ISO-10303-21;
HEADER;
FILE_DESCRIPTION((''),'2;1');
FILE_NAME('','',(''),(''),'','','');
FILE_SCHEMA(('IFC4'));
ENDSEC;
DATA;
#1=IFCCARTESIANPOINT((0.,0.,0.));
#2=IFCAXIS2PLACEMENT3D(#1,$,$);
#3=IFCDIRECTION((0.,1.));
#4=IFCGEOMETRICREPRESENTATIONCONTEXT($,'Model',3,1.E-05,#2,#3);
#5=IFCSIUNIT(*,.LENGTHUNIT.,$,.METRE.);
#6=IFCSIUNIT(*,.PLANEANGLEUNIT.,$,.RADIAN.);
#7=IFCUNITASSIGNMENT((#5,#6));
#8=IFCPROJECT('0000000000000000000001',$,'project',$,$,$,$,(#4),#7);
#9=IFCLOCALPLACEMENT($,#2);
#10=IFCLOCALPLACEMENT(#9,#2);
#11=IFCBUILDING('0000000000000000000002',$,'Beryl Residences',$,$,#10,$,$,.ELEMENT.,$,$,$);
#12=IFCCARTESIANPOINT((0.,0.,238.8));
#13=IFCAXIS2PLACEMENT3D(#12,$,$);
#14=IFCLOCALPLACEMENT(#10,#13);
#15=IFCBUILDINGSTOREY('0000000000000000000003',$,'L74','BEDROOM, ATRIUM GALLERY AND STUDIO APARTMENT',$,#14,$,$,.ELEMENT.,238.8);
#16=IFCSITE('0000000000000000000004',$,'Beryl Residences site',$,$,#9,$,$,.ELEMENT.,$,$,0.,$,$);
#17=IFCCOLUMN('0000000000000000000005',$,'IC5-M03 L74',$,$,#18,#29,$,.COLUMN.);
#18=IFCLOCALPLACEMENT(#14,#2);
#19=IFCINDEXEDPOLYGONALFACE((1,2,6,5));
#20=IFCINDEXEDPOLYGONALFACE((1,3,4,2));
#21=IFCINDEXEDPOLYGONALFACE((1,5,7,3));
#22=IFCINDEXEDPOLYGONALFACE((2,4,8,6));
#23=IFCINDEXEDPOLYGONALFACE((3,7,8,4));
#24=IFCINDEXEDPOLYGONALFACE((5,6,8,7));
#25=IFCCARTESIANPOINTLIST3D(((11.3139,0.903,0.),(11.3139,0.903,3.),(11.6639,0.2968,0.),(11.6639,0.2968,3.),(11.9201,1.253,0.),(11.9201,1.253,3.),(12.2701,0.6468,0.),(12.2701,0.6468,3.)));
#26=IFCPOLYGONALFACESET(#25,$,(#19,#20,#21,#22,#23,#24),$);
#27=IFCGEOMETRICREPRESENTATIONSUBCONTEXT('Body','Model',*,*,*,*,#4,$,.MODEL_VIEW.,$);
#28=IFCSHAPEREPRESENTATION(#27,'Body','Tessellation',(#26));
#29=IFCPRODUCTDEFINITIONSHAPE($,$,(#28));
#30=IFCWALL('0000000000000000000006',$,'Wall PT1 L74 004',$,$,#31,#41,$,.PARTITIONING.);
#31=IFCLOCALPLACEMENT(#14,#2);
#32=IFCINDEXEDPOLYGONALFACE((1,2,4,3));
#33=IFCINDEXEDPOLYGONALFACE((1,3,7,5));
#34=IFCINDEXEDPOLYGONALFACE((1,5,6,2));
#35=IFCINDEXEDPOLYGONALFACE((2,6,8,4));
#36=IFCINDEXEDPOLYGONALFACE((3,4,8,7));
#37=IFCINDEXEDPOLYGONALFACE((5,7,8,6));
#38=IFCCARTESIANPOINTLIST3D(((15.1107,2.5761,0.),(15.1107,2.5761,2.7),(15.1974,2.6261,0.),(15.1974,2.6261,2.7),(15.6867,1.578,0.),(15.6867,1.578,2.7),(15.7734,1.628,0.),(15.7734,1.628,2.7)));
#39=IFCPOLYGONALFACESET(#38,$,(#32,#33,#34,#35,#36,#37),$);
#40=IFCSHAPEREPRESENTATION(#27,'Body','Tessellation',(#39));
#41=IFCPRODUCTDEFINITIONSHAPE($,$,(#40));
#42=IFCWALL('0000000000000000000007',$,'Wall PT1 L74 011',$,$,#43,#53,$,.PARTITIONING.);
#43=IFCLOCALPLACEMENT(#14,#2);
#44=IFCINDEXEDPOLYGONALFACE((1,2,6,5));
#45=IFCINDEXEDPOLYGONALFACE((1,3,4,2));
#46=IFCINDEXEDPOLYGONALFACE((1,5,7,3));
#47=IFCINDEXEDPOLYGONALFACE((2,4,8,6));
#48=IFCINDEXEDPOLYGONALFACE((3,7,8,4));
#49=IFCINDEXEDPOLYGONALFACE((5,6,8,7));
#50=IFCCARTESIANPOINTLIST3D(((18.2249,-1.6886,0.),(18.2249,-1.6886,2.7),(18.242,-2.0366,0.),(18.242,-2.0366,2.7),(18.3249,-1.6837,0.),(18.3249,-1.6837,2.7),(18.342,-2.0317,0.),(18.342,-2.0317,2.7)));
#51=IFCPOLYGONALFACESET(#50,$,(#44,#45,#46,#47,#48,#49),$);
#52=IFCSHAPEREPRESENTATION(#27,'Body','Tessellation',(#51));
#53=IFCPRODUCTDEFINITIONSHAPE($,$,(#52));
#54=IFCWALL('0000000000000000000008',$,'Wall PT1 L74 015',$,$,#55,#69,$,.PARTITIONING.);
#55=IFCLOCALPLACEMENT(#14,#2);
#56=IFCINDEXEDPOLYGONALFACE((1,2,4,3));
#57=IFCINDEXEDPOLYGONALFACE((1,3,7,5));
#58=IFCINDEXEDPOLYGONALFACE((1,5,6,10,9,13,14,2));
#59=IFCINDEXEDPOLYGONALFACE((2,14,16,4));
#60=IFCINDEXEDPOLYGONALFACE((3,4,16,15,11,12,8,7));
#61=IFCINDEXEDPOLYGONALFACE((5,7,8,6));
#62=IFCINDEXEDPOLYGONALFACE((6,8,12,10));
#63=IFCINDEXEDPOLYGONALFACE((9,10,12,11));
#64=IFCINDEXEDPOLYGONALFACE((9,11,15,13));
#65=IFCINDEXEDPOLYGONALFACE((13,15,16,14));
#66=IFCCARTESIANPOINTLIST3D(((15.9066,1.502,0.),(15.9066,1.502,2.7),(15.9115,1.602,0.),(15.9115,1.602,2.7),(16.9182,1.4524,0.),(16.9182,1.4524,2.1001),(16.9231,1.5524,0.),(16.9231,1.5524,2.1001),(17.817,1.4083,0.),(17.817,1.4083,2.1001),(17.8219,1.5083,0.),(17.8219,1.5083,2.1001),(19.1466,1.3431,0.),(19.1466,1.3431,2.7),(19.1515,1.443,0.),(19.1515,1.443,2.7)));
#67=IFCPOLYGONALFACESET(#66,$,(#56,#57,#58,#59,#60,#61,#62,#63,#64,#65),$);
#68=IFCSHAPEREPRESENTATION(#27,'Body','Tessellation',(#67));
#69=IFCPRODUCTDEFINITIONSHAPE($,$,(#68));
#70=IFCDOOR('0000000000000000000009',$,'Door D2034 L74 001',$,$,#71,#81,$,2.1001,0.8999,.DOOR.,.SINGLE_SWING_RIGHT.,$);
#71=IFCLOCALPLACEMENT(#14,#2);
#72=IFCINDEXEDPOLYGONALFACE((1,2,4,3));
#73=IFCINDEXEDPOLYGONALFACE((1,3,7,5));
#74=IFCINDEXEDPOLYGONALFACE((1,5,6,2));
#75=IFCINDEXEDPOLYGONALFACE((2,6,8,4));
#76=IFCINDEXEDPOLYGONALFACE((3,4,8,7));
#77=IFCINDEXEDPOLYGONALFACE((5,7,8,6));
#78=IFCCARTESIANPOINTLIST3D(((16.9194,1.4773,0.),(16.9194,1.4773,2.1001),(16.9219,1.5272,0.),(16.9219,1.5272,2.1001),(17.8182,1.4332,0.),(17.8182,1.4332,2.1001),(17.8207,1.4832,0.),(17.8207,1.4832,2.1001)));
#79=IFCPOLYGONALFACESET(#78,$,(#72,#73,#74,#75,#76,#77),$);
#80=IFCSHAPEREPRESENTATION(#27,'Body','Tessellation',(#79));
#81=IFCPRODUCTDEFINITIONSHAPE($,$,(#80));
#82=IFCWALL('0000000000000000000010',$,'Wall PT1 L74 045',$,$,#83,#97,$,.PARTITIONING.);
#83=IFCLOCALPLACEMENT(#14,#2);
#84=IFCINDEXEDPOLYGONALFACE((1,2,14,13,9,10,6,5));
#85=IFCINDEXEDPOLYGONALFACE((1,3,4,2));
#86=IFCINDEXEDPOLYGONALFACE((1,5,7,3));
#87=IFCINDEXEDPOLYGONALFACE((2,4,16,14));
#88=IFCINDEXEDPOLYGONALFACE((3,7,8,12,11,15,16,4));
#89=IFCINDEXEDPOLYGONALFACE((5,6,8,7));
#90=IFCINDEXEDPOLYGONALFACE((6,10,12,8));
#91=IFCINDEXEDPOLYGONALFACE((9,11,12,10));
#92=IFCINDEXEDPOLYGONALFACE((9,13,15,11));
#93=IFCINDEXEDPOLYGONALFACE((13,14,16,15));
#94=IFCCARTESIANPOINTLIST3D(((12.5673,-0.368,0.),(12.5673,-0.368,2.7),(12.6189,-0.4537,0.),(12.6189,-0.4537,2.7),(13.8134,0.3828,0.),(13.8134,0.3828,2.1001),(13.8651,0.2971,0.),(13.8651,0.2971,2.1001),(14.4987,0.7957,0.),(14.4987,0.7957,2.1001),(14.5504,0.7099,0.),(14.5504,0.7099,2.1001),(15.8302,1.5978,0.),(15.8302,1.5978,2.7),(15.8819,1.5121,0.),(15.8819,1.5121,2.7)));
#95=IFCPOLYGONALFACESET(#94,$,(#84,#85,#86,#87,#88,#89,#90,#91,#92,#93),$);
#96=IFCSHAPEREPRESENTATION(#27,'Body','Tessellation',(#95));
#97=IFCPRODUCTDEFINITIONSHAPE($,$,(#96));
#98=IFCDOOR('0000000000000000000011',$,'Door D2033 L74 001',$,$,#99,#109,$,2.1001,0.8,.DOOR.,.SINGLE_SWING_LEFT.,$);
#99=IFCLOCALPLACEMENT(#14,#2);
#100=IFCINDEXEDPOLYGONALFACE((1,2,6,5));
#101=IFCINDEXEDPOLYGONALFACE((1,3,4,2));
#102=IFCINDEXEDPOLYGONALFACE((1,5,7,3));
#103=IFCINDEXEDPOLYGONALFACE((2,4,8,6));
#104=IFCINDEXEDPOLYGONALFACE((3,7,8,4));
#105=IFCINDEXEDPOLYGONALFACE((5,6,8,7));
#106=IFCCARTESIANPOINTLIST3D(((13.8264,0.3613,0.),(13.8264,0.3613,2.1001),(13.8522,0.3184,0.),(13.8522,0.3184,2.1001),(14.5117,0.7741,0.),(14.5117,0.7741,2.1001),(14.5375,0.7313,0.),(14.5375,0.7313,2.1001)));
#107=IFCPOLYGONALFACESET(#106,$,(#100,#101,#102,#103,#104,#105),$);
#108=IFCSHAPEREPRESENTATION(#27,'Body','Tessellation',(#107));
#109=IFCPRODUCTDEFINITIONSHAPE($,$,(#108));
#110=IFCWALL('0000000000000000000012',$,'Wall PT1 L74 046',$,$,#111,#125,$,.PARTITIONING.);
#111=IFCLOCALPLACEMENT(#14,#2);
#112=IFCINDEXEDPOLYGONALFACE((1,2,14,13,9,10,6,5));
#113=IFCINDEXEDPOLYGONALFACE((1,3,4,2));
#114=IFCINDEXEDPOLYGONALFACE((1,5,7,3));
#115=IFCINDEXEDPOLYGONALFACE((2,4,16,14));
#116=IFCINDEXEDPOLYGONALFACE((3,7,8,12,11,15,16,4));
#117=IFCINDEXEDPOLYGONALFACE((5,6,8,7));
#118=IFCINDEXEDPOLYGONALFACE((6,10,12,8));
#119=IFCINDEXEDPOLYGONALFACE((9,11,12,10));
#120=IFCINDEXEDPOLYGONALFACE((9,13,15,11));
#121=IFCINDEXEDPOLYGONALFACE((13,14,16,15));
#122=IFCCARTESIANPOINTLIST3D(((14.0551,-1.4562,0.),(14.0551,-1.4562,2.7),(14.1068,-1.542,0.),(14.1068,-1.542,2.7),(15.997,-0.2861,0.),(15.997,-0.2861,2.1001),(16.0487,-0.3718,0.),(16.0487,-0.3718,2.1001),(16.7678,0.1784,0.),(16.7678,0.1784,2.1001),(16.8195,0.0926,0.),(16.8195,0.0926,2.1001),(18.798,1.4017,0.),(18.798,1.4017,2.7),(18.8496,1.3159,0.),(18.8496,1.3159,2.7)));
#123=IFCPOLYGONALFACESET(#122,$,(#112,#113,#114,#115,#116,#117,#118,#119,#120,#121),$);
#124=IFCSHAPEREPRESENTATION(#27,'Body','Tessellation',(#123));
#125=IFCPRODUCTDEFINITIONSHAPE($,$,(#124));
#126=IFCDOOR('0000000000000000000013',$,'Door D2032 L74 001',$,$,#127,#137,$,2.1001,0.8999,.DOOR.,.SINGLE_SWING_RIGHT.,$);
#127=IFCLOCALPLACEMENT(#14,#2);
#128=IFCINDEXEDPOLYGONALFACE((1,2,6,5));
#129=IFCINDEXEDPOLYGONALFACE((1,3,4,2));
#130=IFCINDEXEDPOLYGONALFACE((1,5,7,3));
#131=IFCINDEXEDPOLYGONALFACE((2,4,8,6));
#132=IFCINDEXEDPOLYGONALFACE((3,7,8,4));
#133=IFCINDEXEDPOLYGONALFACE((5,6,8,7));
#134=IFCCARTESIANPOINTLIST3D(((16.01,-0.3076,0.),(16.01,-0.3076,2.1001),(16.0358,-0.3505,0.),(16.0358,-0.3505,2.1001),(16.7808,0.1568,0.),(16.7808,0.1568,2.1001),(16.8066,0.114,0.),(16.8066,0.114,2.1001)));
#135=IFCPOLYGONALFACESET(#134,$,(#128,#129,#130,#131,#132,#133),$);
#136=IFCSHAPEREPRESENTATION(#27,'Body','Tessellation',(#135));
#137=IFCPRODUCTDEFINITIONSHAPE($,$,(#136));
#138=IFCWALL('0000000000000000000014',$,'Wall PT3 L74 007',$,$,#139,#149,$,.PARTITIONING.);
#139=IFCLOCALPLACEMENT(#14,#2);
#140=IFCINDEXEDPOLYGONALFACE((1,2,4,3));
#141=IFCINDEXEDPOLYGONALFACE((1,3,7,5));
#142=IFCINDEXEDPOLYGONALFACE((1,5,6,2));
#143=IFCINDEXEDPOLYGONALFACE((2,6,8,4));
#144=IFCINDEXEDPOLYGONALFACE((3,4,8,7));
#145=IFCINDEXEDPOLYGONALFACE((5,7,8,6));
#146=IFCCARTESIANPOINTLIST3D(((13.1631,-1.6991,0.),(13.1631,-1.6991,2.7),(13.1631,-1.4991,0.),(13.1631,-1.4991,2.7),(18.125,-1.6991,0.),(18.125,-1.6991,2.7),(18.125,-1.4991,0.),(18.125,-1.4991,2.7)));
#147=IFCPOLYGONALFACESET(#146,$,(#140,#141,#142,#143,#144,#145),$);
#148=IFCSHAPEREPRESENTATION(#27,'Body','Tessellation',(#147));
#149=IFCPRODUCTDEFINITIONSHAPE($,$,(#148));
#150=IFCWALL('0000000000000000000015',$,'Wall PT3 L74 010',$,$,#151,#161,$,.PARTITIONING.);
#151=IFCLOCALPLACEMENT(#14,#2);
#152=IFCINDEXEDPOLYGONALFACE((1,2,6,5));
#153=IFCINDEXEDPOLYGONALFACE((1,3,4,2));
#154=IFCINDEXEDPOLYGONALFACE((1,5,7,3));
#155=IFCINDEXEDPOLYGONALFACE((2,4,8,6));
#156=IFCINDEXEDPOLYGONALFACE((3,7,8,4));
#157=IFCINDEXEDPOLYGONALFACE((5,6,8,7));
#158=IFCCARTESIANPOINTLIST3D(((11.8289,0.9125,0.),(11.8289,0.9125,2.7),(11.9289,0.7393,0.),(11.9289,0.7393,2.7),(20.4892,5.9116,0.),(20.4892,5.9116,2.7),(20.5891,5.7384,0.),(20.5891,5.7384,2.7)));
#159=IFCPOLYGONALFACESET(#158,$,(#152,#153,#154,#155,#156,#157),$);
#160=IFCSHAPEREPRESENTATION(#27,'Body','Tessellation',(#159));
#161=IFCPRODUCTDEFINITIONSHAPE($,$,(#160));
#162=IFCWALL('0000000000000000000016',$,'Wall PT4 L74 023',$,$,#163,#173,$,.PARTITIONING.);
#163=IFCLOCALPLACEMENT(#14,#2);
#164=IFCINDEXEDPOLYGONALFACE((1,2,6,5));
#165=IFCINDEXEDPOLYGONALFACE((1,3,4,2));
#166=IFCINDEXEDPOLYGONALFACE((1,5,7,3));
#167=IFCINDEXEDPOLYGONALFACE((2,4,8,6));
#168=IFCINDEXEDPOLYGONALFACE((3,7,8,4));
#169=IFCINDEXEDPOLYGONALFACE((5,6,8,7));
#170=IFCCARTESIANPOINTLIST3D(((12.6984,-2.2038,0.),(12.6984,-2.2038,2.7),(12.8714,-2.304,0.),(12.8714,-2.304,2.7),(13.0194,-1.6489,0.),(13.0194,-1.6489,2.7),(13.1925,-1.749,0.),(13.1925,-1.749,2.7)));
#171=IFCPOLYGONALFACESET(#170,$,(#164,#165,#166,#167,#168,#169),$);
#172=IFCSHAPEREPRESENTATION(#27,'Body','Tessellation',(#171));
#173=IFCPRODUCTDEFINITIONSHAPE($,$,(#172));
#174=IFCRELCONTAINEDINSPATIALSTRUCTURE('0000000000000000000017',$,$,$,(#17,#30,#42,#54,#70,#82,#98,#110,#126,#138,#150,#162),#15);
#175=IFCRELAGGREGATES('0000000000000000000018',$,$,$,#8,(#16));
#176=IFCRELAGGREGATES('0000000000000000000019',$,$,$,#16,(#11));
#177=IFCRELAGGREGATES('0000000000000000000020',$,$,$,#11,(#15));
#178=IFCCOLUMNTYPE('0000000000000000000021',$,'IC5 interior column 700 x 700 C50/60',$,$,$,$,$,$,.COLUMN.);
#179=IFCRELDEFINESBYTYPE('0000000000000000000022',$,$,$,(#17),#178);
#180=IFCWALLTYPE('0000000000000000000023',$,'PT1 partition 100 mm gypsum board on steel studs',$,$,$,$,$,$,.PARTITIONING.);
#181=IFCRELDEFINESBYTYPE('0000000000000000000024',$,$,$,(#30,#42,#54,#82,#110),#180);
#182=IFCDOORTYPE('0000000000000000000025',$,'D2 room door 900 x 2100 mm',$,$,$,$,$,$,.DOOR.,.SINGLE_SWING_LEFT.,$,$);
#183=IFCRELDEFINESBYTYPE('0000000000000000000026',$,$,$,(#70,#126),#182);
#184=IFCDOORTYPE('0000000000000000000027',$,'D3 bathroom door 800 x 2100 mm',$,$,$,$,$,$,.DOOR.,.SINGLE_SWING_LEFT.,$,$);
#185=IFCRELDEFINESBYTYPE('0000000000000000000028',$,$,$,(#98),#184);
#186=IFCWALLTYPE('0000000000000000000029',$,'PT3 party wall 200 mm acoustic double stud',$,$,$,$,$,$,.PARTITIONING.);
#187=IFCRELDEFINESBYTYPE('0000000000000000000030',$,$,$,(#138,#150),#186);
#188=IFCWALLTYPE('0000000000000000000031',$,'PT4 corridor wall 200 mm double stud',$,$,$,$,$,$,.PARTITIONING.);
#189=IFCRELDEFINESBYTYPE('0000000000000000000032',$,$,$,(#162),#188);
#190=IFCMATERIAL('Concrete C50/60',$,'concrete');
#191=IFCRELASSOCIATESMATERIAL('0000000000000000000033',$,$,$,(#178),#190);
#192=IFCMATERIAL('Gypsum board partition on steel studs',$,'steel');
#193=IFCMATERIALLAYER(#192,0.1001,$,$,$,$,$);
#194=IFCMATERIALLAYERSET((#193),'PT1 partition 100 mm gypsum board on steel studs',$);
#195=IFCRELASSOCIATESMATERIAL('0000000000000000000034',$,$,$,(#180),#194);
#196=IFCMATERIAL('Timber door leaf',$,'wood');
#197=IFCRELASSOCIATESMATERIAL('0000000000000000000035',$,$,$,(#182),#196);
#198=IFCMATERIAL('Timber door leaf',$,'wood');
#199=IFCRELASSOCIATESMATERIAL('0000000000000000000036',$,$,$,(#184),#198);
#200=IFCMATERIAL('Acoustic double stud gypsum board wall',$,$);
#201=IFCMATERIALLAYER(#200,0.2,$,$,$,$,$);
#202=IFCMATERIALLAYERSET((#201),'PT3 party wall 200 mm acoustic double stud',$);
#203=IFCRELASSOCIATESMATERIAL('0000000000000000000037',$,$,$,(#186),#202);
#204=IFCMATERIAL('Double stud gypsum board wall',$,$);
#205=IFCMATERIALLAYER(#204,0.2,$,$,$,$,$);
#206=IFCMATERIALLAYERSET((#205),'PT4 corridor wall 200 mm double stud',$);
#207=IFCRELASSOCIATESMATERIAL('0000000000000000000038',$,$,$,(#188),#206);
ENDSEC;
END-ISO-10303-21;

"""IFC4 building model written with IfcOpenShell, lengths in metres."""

from ifc_helpers import new_model, si_unit, direction, frame, frame_2d, origin, origin_2d, place, context, subcontext, project, spatial, rectangle, extrude, material, layer, layer_set, material_profile, profile_set, type_object, element, fill, save


model = new_model("IFC4")

# Units and contexts
model_context = context("Model", 3, precision=1e-05, world=origin(), true_north=direction((0.0, 1.0)))
body_context = subcontext(model_context, "Body", "Model", "MODEL_VIEW")
ifc_project = project(units=[si_unit("LENGTHUNIT", "METRE"), si_unit("PLANEANGLEUNIT", "RADIAN")], contexts=[model_context])

# Site, building, storey
site_placement = place(None, origin())
site = spatial("IfcSite", under=ifc_project, at=site_placement, Name="Beryl Residences site", CompositionType="ELEMENT", RefElevation=0.0)
building_placement = place(site_placement, origin())
building = spatial("IfcBuilding", under=site, at=building_placement, Name="Beryl Residences", CompositionType="ELEMENT")
storey_placement = place(building_placement, frame((0.0, 0.0, 238.8)))
storey = spatial("IfcBuildingStorey", under=building, at=storey_placement, Name="L74", Description="BEDROOM, ATRIUM GALLERY AND STUDIO APARTMENT", CompositionType="ELEMENT", Elevation=238.8)

# Column
ifc_material_1 = material(Name="Concrete C50/60", Category="concrete")
ifc_material_profile = material_profile(ifc_material_1, rectangle(XDim=0.7, YDim=0.7, at=origin_2d()))
ifc_profile_set = profile_set([ifc_material_profile], Name="Concrete C50/60")
column_type = type_object("IfcColumnType", Name="IC5 interior column 700 x 700 C50/60", PredefinedType="COLUMN", material=ifc_profile_set)
column_placement = place(storey_placement, frame((11.792, 0.7749, 0.0), z_axis=(0.0, 0.0, 1.0), x_axis=(-0.49997, 0.866043, 0.0)))
element("IfcColumn", 1, at=column_placement, inside=storey, type_object=column_type, Name="IC5-M03 L74", PredefinedType="COLUMN", context=body_context, shape_type="SweptSolid", body=[
    extrude(rectangle(XDim=0.7, YDim=0.7, at=origin_2d()), origin(), (0.0, 0.0, 1.0), 3.0),
])

# Walls
ifc_material_2 = material(Name="Gypsum board partition on steel studs", Category="steel")
ifc_layer_1 = layer(ifc_material_2, 0.1001)
ifc_layer_set_1 = layer_set([ifc_layer_1], Name="PT1 partition 100 mm gypsum board on steel studs")
wall_type_1 = type_object("IfcWallType", Name="PT1 partition 100 mm gypsum board on steel studs", PredefinedType="PARTITIONING", material=ifc_layer_set_1)
wall_1_placement = place(storey_placement, frame((15.1541, 2.6011, 0.0), z_axis=(0.0, 0.0, 1.0), x_axis=(0.499808, -0.866136, 0.0)))
element("IfcWall", 2, at=wall_1_placement, inside=storey, type_object=wall_type_1, Name="Wall PT1 L74 004", PredefinedType="PARTITIONING", context=body_context, shape_type="SweptSolid", body=[
    extrude(rectangle(XDim=1.1523, YDim=0.1001, at=frame_2d((0.5762, 0.0))), origin(), (0.0, 0.0, 1.0), 2.7),
])
wall_2_placement = place(storey_placement, frame((18.2749, -1.686, 0.0), z_axis=(0.0, 0.0, 1.0), x_axis=(0.049064, -0.998796, 0.0)))
element("IfcWall", 3, at=wall_2_placement, inside=storey, type_object=wall_type_1, Name="Wall PT1 L74 011", PredefinedType="PARTITIONING", context=body_context, shape_type="SweptSolid", body=[
    extrude(rectangle(XDim=0.3484, YDim=0.1001, at=frame_2d((0.1743, 0.0))), origin(), (0.0, 0.0, 1.0), 2.7),
])

# Walls, openings, doors
wall_3_placement = place(storey_placement, frame((15.9089, 1.552, 0.0), z_axis=(0.0, 0.0, 1.0), x_axis=(0.998799, -0.048995, 0.0)))
wall_3 = element("IfcWall", 4, at=wall_3_placement, inside=storey, type_object=wall_type_1, Name="Wall PT1 L74 015", PredefinedType="PARTITIONING", context=body_context, shape_type="SweptSolid", body=[
    extrude(rectangle(XDim=3.2439, YDim=0.1001, at=frame_2d((1.6221, 0.0))), origin(), (0.0, 0.0, 1.0), 2.7),
])
opening_1_placement = place(wall_3_placement, frame((1.0129, 0.0, 0.0)))
opening_1 = element("IfcOpeningElement", 5, at=opening_1_placement, cuts=wall_3, PredefinedType="OPENING", context=body_context, shape_type="SweptSolid", body=[
    extrude(rectangle(XDim=0.8999, YDim=2.1001, at=frame_2d((0.45, 1.05))), frame((0.0, 0.0601, 0.0), z_axis=(0.0, -1.0, 0.0), x_axis=(1.0, 0.0, 0.0)), (0.0, 0.0, 1.0), 0.1201),
])
ifc_material_3 = material(Name="Timber door leaf", Category="wood")
door_type_1 = type_object("IfcDoorType", Name="D2 room door 900 x 2100 mm", OperationType="SINGLE_SWING_LEFT", PredefinedType="DOOR", material=ifc_material_3)
door_1_placement = place(opening_1_placement, origin())
door_1 = element("IfcDoor", 6, at=door_1_placement, inside=storey, type_object=door_type_1, Name="Door D2034 L74 001", OperationType="SINGLE_SWING_RIGHT", OverallHeight=2.1001, OverallWidth=0.8999, PredefinedType="DOOR", context=body_context, shape_type="SweptSolid", body=[
    extrude(rectangle(XDim=0.8999, YDim=2.1001, at=frame_2d((0.45, 1.05))), frame((0.0, 0.0249, 0.0), z_axis=(0.0, -1.0, 0.0), x_axis=(1.0, 0.0, 0.0)), (0.0, 0.0, 1.0), 0.05),
])
fill(opening_1, door_1)
wall_4_placement = place(storey_placement, frame((12.593, -0.4109, 0.0), z_axis=(0.0, 0.0, 1.0), x_axis=(0.856558, 0.51605, 0.0)))
wall_4 = element("IfcWall", 7, at=wall_4_placement, inside=storey, type_object=wall_type_1, Name="Wall PT1 L74 045", PredefinedType="PARTITIONING", context=body_context, shape_type="SweptSolid", body=[
    extrude(rectangle(XDim=3.8093, YDim=0.1001, at=frame_2d((1.9048, 0.0))), origin(), (0.0, 0.0, 1.0), 2.7),
])
opening_2_placement = place(wall_4_placement, frame((1.4551, 0.0, 0.0)))
opening_2 = element("IfcOpeningElement", 8, at=opening_2_placement, cuts=wall_4, PredefinedType="OPENING", context=body_context, shape_type="SweptSolid", body=[
    extrude(rectangle(XDim=0.8, YDim=2.1001, at=frame_2d((0.3999, 1.05))), frame((0.0, 0.0601, 0.0), z_axis=(0.0, -1.0, 0.0), x_axis=(1.0, 0.0, 0.0)), (0.0, 0.0, 1.0), 0.1201),
])
ifc_material_4 = material(Name="Timber door leaf", Category="wood")
door_type_2 = type_object("IfcDoorType", Name="D3 bathroom door 800 x 2100 mm", OperationType="SINGLE_SWING_LEFT", PredefinedType="DOOR", material=ifc_material_4)
door_2_placement = place(opening_2_placement, origin())
door_2 = element("IfcDoor", 9, at=door_2_placement, inside=storey, type_object=door_type_2, Name="Door D2033 L74 001", OperationType="SINGLE_SWING_LEFT", OverallHeight=2.1001, OverallWidth=0.8, PredefinedType="DOOR", context=body_context, shape_type="SweptSolid", body=[
    extrude(rectangle(XDim=0.8, YDim=2.1001, at=frame_2d((0.3999, 1.05))), frame((0.0, 0.0249, 0.0), z_axis=(0.0, -1.0, 0.0), x_axis=(1.0, 0.0, 0.0)), (0.0, 0.0, 1.0), 0.05),
])
fill(opening_2, door_2)
wall_5_placement = place(storey_placement, frame((14.0811, -1.499, 0.0), z_axis=(0.0, 0.0, 1.0), x_axis=(0.856523, 0.516109, 0.0)))
wall_5 = element("IfcWall", 10, at=wall_5_placement, inside=storey, type_object=wall_type_1, Name="Wall PT1 L74 046", PredefinedType="PARTITIONING", context=body_context, shape_type="SweptSolid", body=[
    extrude(rectangle(XDim=5.5374, YDim=0.1001, at=frame_2d((2.7686, 0.0))), origin(), (0.0, 0.0, 1.0), 2.7),
])
opening_3_placement = place(wall_5_placement, frame((2.2671, 0.0, 0.0)))
opening_3 = element("IfcOpeningElement", 11, at=opening_3_placement, cuts=wall_5, PredefinedType="OPENING", context=body_context, shape_type="SweptSolid", body=[
    extrude(rectangle(XDim=0.8999, YDim=2.1001, at=frame_2d((0.45, 1.05))), frame((0.0, 0.0601, 0.0), z_axis=(0.0, -1.0, 0.0), x_axis=(1.0, 0.0, 0.0)), (0.0, 0.0, 1.0), 0.1201),
])
door_3_placement = place(opening_3_placement, origin())
door_3 = element("IfcDoor", 12, at=door_3_placement, inside=storey, type_object=door_type_1, Name="Door D2032 L74 001", OperationType="SINGLE_SWING_RIGHT", OverallHeight=2.1001, OverallWidth=0.8999, PredefinedType="DOOR", context=body_context, shape_type="SweptSolid", body=[
    extrude(rectangle(XDim=0.8999, YDim=2.1001, at=frame_2d((0.45, 1.05))), frame((0.0, 0.0249, 0.0), z_axis=(0.0, -1.0, 0.0), x_axis=(1.0, 0.0, 0.0)), (0.0, 0.0, 1.0), 0.05),
])
fill(opening_3, door_3)

# Walls
ifc_material_5 = material(Name="Acoustic double stud gypsum board wall")
ifc_layer_2 = layer(ifc_material_5, 0.2)
ifc_layer_set_2 = layer_set([ifc_layer_2], Name="PT3 party wall 200 mm acoustic double stud")
wall_type_2 = type_object("IfcWallType", Name="PT3 party wall 200 mm acoustic double stud", PredefinedType="PARTITIONING", material=ifc_layer_set_2)
wall_6_placement = place(storey_placement, frame((13.1631, -1.5991, 0.0), z_axis=(0.0, 0.0, 1.0), x_axis=(1.0, 0.0, 0.0)))
element("IfcWall", 13, at=wall_6_placement, inside=storey, type_object=wall_type_2, Name="Wall PT3 L74 007", PredefinedType="PARTITIONING", context=body_context, shape_type="SweptSolid", body=[
    extrude(rectangle(XDim=4.9619, YDim=0.2, at=frame_2d((2.481, 0.0))), origin(), (0.0, 0.0, 1.0), 2.7),
])
wall_7_placement = place(storey_placement, frame((11.8789, 0.8259, 0.0), z_axis=(0.0, 0.0, 1.0), x_axis=(0.866065, 0.499931, 0.0)))
element("IfcWall", 14, at=wall_7_placement, inside=storey, type_object=wall_type_2, Name="Wall PT3 L74 010", PredefinedType="PARTITIONING", context=body_context, shape_type="SweptSolid", body=[
    extrude(rectangle(XDim=9.9995, YDim=0.2, at=frame_2d((4.9998, 0.0))), origin(), (0.0, 0.0, 1.0), 2.7),
])
ifc_material_6 = material(Name="Double stud gypsum board wall")
ifc_layer_3 = layer(ifc_material_6, 0.2)
ifc_layer_set_3 = layer_set([ifc_layer_3], Name="PT4 corridor wall 200 mm double stud")
wall_type_3 = type_object("IfcWallType", Name="PT4 corridor wall 200 mm double stud", PredefinedType="PARTITIONING", material=ifc_layer_set_3)
wall_8_placement = place(storey_placement, frame((12.7849, -2.2539, 0.0), z_axis=(0.0, 0.0, 1.0), x_axis=(0.500766, 0.865583, 0.0)))
element("IfcWall", 15, at=wall_8_placement, inside=storey, type_object=wall_type_3, Name="Wall PT4 L74 023", PredefinedType="PARTITIONING", context=body_context, shape_type="SweptSolid", body=[
    extrude(rectangle(XDim=0.6411, YDim=0.2, at=frame_2d((0.3206, 0.0))), origin(), (0.0, 0.0, 1.0), 2.7),
])

save(model, "model.ifc")
